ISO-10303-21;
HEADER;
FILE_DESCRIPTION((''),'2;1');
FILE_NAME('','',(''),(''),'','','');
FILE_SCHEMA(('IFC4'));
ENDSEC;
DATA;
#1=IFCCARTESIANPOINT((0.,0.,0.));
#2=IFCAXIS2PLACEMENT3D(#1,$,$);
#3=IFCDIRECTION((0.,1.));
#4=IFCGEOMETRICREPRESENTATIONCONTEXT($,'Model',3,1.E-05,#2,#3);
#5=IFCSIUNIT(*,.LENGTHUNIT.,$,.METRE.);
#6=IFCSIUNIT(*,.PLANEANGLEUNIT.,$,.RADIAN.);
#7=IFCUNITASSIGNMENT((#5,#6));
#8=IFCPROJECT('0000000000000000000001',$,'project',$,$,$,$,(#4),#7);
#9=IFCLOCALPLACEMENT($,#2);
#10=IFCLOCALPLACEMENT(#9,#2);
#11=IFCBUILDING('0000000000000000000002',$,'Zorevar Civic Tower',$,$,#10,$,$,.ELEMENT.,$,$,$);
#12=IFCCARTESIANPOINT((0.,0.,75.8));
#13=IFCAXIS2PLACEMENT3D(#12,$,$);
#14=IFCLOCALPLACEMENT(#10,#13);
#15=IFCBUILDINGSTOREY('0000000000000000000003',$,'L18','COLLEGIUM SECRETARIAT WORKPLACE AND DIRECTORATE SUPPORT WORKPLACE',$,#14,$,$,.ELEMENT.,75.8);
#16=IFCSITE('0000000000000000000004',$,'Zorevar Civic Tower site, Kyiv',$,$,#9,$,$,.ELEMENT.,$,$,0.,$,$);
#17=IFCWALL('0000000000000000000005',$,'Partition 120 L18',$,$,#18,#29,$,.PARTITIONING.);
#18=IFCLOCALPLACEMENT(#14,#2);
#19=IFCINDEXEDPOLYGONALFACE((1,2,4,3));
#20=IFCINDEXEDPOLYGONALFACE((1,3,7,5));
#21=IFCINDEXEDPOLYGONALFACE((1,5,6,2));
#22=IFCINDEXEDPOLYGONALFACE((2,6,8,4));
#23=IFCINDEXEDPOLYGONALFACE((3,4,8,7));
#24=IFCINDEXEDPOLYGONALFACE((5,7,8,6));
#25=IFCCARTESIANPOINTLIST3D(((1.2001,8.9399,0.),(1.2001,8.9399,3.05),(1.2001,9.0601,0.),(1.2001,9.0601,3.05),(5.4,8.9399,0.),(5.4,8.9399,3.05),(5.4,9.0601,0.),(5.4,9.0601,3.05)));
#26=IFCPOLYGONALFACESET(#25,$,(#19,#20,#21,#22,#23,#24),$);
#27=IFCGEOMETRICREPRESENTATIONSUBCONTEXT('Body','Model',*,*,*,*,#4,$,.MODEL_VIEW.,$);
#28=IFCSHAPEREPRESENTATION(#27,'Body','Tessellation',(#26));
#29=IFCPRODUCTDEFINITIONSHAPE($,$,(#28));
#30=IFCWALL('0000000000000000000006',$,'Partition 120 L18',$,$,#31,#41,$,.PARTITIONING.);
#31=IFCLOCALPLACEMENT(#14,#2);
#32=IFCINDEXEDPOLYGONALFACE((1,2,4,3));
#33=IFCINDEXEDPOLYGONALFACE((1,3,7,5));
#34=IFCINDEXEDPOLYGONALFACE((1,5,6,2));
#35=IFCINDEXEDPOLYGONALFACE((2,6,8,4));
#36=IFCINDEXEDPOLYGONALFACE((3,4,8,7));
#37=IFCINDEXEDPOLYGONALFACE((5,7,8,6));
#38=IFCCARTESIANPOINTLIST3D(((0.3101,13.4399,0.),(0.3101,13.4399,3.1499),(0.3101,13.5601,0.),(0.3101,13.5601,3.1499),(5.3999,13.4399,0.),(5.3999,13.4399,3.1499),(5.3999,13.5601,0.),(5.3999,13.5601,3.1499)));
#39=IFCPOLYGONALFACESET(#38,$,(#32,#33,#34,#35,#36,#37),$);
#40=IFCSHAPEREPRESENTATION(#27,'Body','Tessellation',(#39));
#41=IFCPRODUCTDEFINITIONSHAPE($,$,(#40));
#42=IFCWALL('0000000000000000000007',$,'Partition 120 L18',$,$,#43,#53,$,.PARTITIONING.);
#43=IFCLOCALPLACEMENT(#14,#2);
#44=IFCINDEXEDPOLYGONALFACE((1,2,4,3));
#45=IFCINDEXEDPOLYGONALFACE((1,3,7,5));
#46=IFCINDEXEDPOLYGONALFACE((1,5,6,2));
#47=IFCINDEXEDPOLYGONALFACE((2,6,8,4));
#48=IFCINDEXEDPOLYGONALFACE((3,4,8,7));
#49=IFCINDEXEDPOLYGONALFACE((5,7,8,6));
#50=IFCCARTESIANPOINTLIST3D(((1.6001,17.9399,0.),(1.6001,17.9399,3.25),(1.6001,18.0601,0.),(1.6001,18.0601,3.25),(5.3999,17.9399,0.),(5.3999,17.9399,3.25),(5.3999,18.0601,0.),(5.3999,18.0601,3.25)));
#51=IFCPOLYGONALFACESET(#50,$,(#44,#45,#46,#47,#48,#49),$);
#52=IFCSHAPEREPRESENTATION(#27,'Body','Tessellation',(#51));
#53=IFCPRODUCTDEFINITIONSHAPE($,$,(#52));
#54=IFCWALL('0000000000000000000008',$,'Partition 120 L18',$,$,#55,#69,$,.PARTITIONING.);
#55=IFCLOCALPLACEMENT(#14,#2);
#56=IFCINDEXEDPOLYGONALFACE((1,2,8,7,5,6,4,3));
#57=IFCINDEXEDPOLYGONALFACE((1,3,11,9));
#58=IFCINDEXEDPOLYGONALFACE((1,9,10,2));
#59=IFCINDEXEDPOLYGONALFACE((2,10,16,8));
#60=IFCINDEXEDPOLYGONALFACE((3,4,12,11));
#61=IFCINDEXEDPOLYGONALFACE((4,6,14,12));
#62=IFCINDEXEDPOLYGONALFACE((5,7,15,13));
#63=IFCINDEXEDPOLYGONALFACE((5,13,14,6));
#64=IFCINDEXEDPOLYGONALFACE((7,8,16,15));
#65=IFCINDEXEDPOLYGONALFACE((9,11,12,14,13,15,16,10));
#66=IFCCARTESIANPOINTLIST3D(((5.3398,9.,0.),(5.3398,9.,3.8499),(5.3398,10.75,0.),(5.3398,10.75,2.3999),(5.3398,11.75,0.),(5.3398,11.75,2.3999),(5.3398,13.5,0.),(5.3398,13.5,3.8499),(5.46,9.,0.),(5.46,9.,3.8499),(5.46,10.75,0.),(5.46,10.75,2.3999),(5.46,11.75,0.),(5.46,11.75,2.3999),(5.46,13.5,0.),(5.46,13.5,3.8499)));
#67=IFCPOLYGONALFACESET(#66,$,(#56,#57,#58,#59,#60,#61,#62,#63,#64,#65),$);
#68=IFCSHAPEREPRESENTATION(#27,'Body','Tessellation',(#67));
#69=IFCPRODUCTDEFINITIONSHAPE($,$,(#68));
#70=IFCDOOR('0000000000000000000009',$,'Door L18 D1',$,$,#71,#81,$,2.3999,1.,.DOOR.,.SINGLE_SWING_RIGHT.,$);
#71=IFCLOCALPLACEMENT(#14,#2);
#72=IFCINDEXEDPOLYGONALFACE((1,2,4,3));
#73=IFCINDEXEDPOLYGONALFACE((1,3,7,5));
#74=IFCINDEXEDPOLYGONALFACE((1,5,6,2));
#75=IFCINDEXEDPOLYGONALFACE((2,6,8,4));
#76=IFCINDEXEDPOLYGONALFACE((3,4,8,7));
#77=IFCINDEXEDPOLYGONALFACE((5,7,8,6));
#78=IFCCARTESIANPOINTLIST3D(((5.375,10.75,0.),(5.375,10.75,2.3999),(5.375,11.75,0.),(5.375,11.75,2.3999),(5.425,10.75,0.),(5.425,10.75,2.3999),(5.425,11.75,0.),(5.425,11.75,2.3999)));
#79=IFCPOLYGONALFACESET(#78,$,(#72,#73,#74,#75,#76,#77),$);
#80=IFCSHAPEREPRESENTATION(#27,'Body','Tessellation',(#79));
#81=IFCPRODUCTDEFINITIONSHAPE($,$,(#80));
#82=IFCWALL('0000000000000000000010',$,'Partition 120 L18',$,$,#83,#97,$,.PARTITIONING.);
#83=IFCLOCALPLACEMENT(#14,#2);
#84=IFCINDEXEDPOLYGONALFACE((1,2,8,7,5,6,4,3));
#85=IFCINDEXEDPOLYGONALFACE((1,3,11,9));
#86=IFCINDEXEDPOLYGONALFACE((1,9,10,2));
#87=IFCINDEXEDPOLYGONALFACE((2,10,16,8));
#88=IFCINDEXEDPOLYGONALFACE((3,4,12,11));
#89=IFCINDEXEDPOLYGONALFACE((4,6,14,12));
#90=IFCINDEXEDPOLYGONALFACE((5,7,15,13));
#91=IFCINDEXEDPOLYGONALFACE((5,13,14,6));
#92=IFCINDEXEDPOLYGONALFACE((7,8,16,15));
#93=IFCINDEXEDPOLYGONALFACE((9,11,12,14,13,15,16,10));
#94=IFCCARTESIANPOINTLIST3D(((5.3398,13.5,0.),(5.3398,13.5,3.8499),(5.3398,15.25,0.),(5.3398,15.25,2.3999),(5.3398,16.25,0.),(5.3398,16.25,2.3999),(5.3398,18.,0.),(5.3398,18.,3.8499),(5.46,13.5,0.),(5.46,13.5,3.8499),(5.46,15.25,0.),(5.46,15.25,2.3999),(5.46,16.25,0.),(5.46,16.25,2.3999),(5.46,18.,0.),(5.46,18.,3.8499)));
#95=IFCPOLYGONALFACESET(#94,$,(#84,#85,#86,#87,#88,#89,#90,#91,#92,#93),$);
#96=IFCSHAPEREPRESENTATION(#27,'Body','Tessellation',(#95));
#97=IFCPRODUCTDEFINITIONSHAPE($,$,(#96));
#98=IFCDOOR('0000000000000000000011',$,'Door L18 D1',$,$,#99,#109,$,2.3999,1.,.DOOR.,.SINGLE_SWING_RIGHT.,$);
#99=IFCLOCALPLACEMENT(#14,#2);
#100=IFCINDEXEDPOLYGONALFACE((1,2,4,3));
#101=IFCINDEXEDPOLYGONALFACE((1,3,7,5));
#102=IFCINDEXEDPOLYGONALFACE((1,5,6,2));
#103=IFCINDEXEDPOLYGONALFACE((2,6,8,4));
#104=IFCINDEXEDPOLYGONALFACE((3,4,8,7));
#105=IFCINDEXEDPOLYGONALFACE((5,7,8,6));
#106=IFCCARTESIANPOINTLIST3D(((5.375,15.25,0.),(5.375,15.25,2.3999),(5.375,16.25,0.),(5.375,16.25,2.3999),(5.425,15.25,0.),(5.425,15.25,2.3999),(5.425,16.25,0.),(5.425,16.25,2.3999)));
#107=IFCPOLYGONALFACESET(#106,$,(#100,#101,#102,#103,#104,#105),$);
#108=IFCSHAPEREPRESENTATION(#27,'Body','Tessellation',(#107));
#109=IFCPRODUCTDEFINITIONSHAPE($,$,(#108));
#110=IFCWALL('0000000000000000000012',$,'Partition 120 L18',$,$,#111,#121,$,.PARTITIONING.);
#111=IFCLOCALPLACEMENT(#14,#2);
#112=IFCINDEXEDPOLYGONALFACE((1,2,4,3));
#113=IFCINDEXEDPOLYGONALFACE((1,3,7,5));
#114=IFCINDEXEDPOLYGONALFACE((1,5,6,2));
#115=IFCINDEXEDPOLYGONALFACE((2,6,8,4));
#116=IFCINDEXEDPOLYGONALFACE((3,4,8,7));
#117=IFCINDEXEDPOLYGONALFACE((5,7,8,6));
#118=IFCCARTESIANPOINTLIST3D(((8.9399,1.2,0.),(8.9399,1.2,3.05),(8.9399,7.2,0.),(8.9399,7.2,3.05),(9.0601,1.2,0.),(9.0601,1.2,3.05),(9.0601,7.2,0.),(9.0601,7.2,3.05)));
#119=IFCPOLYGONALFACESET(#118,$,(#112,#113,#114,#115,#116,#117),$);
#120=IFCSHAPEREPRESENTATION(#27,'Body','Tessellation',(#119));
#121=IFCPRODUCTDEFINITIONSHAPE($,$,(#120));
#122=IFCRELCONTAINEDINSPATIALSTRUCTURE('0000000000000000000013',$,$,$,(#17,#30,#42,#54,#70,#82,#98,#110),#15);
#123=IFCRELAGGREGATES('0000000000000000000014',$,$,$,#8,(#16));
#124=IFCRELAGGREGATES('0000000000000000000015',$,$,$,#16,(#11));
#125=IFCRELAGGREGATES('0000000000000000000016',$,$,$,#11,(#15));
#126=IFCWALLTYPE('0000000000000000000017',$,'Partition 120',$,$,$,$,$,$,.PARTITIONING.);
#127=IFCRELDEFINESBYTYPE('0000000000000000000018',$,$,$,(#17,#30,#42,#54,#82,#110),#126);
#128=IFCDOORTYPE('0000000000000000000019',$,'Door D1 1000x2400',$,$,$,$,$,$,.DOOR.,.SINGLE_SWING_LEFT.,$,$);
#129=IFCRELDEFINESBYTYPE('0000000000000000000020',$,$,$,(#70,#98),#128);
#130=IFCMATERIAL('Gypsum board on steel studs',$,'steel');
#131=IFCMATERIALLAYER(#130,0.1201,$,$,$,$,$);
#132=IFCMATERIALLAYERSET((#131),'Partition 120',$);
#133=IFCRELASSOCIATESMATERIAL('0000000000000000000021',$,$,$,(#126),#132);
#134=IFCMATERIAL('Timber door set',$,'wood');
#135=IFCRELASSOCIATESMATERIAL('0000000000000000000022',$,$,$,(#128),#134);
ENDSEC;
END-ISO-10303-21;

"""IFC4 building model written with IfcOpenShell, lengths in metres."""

from ifc_helpers import new_model, si_unit, direction, frame, frame_2d, origin, place, context, subcontext, project, spatial, rectangle, extrude, material, layer, layer_set, type_object, element, fill, save


model = new_model("IFC4")

# Units and contexts
model_context = context("Model", 3, precision=1e-05, world=origin(), true_north=direction((0.0, 1.0)))
body_context = subcontext(model_context, "Body", "Model", "MODEL_VIEW")
ifc_project = project(units=[si_unit("LENGTHUNIT", "METRE"), si_unit("PLANEANGLEUNIT", "RADIAN")], contexts=[model_context])

# Site, building, storey
site_placement = place(None, origin())
site = spatial("IfcSite", under=ifc_project, at=site_placement, Name="Zorevar Civic Tower site, Kyiv", CompositionType="ELEMENT", RefElevation=0.0)
building_placement = place(site_placement, origin())
building = spatial("IfcBuilding", under=site, at=building_placement, Name="Zorevar Civic Tower", CompositionType="ELEMENT")
storey_placement = place(building_placement, frame((0.0, 0.0, 75.8)))
storey = spatial("IfcBuildingStorey", under=building, at=storey_placement, Name="L18", Description="COLLEGIUM SECRETARIAT WORKPLACE AND DIRECTORATE SUPPORT WORKPLACE", CompositionType="ELEMENT", Elevation=75.8)

# Shared definitions
ifc_material_1 = material(Name="Gypsum board on steel studs", Category="steel")
ifc_layer_1 = layer(ifc_material_1, 0.1201)
ifc_layer_set_1 = layer_set([ifc_layer_1], Name="Partition 120")
wall_type_1 = type_object("IfcWallType", Name="Partition 120", PredefinedType="PARTITIONING", material=ifc_layer_set_1)
ifc_material_2 = material(Name="Timber door set", Category="wood")
door_type = type_object("IfcDoorType", Name="Door D1 1000x2400", OperationType="SINGLE_SWING_LEFT", PredefinedType="DOOR", material=ifc_material_2)

# Walls
wall_1_placement = place(storey_placement, frame((1.2, 9.0, 0.0), z_axis=(0.0, 0.0, 1.0), x_axis=(1.0, 0.0, 0.0)))
element("IfcWall", 1, at=wall_1_placement, inside=storey, type_object=wall_type_1, Name="Partition 120 L18", PredefinedType="PARTITIONING", context=body_context, shape_type="SweptSolid", body=[
    extrude(rectangle(XDim=4.2, YDim=0.1201, at=frame_2d((2.1001, 0.0))), origin(), (0.0, 0.0, 1.0), 3.05),
])
wall_2_placement = place(storey_placement, frame((0.3101, 13.5, 0.0), z_axis=(0.0, 0.0, 1.0), x_axis=(1.0, 0.0, 0.0)))
element("IfcWall", 2, at=wall_2_placement, inside=storey, type_object=wall_type_1, Name="Partition 120 L18", PredefinedType="PARTITIONING", context=body_context, shape_type="SweptSolid", body=[
    extrude(rectangle(XDim=5.0898, YDim=0.1201, at=frame_2d((2.5449, 0.0))), origin(), (0.0, 0.0, 1.0), 3.1499),
])
wall_3_placement = place(storey_placement, frame((1.6001, 18.0, 0.0), z_axis=(0.0, 0.0, 1.0), x_axis=(1.0, 0.0, 0.0)))
element("IfcWall", 3, at=wall_3_placement, inside=storey, type_object=wall_type_1, Name="Partition 120 L18", PredefinedType="PARTITIONING", context=body_context, shape_type="SweptSolid", body=[
    extrude(rectangle(XDim=3.7998, YDim=0.1201, at=frame_2d((1.8999, 0.0))), origin(), (0.0, 0.0, 1.0), 3.25),
])

# Walls, openings, doors
wall_4_placement = place(storey_placement, frame((5.3999, 9.0, 0.0), z_axis=(0.0, 0.0, 1.0), x_axis=(0.0, 1.0, 0.0)))
wall_4 = element("IfcWall", 4, at=wall_4_placement, inside=storey, type_object=wall_type_1, Name="Partition 120 L18", PredefinedType="PARTITIONING", context=body_context, shape_type="SweptSolid", body=[
    extrude(rectangle(XDim=4.5, YDim=0.1201, at=frame_2d((2.25, 0.0))), origin(), (0.0, 0.0, 1.0), 3.8499),
])
opening_1_placement = place(wall_4_placement, frame((1.75, 0.0, 0.0)))
opening_1 = element("IfcOpeningElement", 5, at=opening_1_placement, cuts=wall_4, PredefinedType="OPENING", context=body_context, shape_type="SweptSolid", body=[
    extrude(rectangle(XDim=1.0, YDim=2.3999, at=frame_2d((0.5, 1.2))), frame((0.0, 0.0701, 0.0), z_axis=(0.0, -1.0, 0.0), x_axis=(1.0, 0.0, 0.0)), (0.0, 0.0, 1.0), 0.1401),
])
door_1_placement = place(opening_1_placement, origin())
door_1 = element("IfcDoor", 6, at=door_1_placement, inside=storey, type_object=door_type, Name="Door L18 D1", OperationType="SINGLE_SWING_RIGHT", OverallHeight=2.3999, OverallWidth=1.0, PredefinedType="DOOR", context=body_context, shape_type="SweptSolid", body=[
    extrude(rectangle(XDim=1.0, YDim=2.3999, at=frame_2d((0.5, 1.2))), frame((0.0, 0.0249, 0.0), z_axis=(0.0, -1.0, 0.0), x_axis=(1.0, 0.0, 0.0)), (0.0, 0.0, 1.0), 0.05),
])
fill(opening_1, door_1)
wall_5_placement = place(storey_placement, frame((5.3999, 13.5, 0.0), z_axis=(0.0, 0.0, 1.0), x_axis=(0.0, 1.0, 0.0)))
wall_5 = element("IfcWall", 7, at=wall_5_placement, inside=storey, type_object=wall_type_1, Name="Partition 120 L18", PredefinedType="PARTITIONING", context=body_context, shape_type="SweptSolid", body=[
    extrude(rectangle(XDim=4.5, YDim=0.1201, at=frame_2d((2.25, 0.0))), origin(), (0.0, 0.0, 1.0), 3.8499),
])
opening_2_placement = place(wall_5_placement, frame((1.75, 0.0, 0.0)))
opening_2 = element("IfcOpeningElement", 8, at=opening_2_placement, cuts=wall_5, PredefinedType="OPENING", context=body_context, shape_type="SweptSolid", body=[
    extrude(rectangle(XDim=1.0, YDim=2.3999, at=frame_2d((0.5, 1.2))), frame((0.0, 0.0701, 0.0), z_axis=(0.0, -1.0, 0.0), x_axis=(1.0, 0.0, 0.0)), (0.0, 0.0, 1.0), 0.1401),
])
door_2_placement = place(opening_2_placement, origin())
door_2 = element("IfcDoor", 9, at=door_2_placement, inside=storey, type_object=door_type, Name="Door L18 D1", OperationType="SINGLE_SWING_RIGHT", OverallHeight=2.3999, OverallWidth=1.0, PredefinedType="DOOR", context=body_context, shape_type="SweptSolid", body=[
    extrude(rectangle(XDim=1.0, YDim=2.3999, at=frame_2d((0.5, 1.2))), frame((0.0, 0.0249, 0.0), z_axis=(0.0, -1.0, 0.0), x_axis=(1.0, 0.0, 0.0)), (0.0, 0.0, 1.0), 0.05),
])
fill(opening_2, door_2)

# Wall
wall_6_placement = place(storey_placement, frame((9.0, 1.2, 0.0), z_axis=(0.0, 0.0, 1.0), x_axis=(0.0, 1.0, 0.0)))
element("IfcWall", 10, at=wall_6_placement, inside=storey, type_object=wall_type_1, Name="Partition 120 L18", PredefinedType="PARTITIONING", context=body_context, shape_type="SweptSolid", body=[
    extrude(rectangle(XDim=6.0, YDim=0.1201, at=frame_2d((3.0, 0.0))), origin(), (0.0, 0.0, 1.0), 3.05),
])

save(model, "model.ifc")
